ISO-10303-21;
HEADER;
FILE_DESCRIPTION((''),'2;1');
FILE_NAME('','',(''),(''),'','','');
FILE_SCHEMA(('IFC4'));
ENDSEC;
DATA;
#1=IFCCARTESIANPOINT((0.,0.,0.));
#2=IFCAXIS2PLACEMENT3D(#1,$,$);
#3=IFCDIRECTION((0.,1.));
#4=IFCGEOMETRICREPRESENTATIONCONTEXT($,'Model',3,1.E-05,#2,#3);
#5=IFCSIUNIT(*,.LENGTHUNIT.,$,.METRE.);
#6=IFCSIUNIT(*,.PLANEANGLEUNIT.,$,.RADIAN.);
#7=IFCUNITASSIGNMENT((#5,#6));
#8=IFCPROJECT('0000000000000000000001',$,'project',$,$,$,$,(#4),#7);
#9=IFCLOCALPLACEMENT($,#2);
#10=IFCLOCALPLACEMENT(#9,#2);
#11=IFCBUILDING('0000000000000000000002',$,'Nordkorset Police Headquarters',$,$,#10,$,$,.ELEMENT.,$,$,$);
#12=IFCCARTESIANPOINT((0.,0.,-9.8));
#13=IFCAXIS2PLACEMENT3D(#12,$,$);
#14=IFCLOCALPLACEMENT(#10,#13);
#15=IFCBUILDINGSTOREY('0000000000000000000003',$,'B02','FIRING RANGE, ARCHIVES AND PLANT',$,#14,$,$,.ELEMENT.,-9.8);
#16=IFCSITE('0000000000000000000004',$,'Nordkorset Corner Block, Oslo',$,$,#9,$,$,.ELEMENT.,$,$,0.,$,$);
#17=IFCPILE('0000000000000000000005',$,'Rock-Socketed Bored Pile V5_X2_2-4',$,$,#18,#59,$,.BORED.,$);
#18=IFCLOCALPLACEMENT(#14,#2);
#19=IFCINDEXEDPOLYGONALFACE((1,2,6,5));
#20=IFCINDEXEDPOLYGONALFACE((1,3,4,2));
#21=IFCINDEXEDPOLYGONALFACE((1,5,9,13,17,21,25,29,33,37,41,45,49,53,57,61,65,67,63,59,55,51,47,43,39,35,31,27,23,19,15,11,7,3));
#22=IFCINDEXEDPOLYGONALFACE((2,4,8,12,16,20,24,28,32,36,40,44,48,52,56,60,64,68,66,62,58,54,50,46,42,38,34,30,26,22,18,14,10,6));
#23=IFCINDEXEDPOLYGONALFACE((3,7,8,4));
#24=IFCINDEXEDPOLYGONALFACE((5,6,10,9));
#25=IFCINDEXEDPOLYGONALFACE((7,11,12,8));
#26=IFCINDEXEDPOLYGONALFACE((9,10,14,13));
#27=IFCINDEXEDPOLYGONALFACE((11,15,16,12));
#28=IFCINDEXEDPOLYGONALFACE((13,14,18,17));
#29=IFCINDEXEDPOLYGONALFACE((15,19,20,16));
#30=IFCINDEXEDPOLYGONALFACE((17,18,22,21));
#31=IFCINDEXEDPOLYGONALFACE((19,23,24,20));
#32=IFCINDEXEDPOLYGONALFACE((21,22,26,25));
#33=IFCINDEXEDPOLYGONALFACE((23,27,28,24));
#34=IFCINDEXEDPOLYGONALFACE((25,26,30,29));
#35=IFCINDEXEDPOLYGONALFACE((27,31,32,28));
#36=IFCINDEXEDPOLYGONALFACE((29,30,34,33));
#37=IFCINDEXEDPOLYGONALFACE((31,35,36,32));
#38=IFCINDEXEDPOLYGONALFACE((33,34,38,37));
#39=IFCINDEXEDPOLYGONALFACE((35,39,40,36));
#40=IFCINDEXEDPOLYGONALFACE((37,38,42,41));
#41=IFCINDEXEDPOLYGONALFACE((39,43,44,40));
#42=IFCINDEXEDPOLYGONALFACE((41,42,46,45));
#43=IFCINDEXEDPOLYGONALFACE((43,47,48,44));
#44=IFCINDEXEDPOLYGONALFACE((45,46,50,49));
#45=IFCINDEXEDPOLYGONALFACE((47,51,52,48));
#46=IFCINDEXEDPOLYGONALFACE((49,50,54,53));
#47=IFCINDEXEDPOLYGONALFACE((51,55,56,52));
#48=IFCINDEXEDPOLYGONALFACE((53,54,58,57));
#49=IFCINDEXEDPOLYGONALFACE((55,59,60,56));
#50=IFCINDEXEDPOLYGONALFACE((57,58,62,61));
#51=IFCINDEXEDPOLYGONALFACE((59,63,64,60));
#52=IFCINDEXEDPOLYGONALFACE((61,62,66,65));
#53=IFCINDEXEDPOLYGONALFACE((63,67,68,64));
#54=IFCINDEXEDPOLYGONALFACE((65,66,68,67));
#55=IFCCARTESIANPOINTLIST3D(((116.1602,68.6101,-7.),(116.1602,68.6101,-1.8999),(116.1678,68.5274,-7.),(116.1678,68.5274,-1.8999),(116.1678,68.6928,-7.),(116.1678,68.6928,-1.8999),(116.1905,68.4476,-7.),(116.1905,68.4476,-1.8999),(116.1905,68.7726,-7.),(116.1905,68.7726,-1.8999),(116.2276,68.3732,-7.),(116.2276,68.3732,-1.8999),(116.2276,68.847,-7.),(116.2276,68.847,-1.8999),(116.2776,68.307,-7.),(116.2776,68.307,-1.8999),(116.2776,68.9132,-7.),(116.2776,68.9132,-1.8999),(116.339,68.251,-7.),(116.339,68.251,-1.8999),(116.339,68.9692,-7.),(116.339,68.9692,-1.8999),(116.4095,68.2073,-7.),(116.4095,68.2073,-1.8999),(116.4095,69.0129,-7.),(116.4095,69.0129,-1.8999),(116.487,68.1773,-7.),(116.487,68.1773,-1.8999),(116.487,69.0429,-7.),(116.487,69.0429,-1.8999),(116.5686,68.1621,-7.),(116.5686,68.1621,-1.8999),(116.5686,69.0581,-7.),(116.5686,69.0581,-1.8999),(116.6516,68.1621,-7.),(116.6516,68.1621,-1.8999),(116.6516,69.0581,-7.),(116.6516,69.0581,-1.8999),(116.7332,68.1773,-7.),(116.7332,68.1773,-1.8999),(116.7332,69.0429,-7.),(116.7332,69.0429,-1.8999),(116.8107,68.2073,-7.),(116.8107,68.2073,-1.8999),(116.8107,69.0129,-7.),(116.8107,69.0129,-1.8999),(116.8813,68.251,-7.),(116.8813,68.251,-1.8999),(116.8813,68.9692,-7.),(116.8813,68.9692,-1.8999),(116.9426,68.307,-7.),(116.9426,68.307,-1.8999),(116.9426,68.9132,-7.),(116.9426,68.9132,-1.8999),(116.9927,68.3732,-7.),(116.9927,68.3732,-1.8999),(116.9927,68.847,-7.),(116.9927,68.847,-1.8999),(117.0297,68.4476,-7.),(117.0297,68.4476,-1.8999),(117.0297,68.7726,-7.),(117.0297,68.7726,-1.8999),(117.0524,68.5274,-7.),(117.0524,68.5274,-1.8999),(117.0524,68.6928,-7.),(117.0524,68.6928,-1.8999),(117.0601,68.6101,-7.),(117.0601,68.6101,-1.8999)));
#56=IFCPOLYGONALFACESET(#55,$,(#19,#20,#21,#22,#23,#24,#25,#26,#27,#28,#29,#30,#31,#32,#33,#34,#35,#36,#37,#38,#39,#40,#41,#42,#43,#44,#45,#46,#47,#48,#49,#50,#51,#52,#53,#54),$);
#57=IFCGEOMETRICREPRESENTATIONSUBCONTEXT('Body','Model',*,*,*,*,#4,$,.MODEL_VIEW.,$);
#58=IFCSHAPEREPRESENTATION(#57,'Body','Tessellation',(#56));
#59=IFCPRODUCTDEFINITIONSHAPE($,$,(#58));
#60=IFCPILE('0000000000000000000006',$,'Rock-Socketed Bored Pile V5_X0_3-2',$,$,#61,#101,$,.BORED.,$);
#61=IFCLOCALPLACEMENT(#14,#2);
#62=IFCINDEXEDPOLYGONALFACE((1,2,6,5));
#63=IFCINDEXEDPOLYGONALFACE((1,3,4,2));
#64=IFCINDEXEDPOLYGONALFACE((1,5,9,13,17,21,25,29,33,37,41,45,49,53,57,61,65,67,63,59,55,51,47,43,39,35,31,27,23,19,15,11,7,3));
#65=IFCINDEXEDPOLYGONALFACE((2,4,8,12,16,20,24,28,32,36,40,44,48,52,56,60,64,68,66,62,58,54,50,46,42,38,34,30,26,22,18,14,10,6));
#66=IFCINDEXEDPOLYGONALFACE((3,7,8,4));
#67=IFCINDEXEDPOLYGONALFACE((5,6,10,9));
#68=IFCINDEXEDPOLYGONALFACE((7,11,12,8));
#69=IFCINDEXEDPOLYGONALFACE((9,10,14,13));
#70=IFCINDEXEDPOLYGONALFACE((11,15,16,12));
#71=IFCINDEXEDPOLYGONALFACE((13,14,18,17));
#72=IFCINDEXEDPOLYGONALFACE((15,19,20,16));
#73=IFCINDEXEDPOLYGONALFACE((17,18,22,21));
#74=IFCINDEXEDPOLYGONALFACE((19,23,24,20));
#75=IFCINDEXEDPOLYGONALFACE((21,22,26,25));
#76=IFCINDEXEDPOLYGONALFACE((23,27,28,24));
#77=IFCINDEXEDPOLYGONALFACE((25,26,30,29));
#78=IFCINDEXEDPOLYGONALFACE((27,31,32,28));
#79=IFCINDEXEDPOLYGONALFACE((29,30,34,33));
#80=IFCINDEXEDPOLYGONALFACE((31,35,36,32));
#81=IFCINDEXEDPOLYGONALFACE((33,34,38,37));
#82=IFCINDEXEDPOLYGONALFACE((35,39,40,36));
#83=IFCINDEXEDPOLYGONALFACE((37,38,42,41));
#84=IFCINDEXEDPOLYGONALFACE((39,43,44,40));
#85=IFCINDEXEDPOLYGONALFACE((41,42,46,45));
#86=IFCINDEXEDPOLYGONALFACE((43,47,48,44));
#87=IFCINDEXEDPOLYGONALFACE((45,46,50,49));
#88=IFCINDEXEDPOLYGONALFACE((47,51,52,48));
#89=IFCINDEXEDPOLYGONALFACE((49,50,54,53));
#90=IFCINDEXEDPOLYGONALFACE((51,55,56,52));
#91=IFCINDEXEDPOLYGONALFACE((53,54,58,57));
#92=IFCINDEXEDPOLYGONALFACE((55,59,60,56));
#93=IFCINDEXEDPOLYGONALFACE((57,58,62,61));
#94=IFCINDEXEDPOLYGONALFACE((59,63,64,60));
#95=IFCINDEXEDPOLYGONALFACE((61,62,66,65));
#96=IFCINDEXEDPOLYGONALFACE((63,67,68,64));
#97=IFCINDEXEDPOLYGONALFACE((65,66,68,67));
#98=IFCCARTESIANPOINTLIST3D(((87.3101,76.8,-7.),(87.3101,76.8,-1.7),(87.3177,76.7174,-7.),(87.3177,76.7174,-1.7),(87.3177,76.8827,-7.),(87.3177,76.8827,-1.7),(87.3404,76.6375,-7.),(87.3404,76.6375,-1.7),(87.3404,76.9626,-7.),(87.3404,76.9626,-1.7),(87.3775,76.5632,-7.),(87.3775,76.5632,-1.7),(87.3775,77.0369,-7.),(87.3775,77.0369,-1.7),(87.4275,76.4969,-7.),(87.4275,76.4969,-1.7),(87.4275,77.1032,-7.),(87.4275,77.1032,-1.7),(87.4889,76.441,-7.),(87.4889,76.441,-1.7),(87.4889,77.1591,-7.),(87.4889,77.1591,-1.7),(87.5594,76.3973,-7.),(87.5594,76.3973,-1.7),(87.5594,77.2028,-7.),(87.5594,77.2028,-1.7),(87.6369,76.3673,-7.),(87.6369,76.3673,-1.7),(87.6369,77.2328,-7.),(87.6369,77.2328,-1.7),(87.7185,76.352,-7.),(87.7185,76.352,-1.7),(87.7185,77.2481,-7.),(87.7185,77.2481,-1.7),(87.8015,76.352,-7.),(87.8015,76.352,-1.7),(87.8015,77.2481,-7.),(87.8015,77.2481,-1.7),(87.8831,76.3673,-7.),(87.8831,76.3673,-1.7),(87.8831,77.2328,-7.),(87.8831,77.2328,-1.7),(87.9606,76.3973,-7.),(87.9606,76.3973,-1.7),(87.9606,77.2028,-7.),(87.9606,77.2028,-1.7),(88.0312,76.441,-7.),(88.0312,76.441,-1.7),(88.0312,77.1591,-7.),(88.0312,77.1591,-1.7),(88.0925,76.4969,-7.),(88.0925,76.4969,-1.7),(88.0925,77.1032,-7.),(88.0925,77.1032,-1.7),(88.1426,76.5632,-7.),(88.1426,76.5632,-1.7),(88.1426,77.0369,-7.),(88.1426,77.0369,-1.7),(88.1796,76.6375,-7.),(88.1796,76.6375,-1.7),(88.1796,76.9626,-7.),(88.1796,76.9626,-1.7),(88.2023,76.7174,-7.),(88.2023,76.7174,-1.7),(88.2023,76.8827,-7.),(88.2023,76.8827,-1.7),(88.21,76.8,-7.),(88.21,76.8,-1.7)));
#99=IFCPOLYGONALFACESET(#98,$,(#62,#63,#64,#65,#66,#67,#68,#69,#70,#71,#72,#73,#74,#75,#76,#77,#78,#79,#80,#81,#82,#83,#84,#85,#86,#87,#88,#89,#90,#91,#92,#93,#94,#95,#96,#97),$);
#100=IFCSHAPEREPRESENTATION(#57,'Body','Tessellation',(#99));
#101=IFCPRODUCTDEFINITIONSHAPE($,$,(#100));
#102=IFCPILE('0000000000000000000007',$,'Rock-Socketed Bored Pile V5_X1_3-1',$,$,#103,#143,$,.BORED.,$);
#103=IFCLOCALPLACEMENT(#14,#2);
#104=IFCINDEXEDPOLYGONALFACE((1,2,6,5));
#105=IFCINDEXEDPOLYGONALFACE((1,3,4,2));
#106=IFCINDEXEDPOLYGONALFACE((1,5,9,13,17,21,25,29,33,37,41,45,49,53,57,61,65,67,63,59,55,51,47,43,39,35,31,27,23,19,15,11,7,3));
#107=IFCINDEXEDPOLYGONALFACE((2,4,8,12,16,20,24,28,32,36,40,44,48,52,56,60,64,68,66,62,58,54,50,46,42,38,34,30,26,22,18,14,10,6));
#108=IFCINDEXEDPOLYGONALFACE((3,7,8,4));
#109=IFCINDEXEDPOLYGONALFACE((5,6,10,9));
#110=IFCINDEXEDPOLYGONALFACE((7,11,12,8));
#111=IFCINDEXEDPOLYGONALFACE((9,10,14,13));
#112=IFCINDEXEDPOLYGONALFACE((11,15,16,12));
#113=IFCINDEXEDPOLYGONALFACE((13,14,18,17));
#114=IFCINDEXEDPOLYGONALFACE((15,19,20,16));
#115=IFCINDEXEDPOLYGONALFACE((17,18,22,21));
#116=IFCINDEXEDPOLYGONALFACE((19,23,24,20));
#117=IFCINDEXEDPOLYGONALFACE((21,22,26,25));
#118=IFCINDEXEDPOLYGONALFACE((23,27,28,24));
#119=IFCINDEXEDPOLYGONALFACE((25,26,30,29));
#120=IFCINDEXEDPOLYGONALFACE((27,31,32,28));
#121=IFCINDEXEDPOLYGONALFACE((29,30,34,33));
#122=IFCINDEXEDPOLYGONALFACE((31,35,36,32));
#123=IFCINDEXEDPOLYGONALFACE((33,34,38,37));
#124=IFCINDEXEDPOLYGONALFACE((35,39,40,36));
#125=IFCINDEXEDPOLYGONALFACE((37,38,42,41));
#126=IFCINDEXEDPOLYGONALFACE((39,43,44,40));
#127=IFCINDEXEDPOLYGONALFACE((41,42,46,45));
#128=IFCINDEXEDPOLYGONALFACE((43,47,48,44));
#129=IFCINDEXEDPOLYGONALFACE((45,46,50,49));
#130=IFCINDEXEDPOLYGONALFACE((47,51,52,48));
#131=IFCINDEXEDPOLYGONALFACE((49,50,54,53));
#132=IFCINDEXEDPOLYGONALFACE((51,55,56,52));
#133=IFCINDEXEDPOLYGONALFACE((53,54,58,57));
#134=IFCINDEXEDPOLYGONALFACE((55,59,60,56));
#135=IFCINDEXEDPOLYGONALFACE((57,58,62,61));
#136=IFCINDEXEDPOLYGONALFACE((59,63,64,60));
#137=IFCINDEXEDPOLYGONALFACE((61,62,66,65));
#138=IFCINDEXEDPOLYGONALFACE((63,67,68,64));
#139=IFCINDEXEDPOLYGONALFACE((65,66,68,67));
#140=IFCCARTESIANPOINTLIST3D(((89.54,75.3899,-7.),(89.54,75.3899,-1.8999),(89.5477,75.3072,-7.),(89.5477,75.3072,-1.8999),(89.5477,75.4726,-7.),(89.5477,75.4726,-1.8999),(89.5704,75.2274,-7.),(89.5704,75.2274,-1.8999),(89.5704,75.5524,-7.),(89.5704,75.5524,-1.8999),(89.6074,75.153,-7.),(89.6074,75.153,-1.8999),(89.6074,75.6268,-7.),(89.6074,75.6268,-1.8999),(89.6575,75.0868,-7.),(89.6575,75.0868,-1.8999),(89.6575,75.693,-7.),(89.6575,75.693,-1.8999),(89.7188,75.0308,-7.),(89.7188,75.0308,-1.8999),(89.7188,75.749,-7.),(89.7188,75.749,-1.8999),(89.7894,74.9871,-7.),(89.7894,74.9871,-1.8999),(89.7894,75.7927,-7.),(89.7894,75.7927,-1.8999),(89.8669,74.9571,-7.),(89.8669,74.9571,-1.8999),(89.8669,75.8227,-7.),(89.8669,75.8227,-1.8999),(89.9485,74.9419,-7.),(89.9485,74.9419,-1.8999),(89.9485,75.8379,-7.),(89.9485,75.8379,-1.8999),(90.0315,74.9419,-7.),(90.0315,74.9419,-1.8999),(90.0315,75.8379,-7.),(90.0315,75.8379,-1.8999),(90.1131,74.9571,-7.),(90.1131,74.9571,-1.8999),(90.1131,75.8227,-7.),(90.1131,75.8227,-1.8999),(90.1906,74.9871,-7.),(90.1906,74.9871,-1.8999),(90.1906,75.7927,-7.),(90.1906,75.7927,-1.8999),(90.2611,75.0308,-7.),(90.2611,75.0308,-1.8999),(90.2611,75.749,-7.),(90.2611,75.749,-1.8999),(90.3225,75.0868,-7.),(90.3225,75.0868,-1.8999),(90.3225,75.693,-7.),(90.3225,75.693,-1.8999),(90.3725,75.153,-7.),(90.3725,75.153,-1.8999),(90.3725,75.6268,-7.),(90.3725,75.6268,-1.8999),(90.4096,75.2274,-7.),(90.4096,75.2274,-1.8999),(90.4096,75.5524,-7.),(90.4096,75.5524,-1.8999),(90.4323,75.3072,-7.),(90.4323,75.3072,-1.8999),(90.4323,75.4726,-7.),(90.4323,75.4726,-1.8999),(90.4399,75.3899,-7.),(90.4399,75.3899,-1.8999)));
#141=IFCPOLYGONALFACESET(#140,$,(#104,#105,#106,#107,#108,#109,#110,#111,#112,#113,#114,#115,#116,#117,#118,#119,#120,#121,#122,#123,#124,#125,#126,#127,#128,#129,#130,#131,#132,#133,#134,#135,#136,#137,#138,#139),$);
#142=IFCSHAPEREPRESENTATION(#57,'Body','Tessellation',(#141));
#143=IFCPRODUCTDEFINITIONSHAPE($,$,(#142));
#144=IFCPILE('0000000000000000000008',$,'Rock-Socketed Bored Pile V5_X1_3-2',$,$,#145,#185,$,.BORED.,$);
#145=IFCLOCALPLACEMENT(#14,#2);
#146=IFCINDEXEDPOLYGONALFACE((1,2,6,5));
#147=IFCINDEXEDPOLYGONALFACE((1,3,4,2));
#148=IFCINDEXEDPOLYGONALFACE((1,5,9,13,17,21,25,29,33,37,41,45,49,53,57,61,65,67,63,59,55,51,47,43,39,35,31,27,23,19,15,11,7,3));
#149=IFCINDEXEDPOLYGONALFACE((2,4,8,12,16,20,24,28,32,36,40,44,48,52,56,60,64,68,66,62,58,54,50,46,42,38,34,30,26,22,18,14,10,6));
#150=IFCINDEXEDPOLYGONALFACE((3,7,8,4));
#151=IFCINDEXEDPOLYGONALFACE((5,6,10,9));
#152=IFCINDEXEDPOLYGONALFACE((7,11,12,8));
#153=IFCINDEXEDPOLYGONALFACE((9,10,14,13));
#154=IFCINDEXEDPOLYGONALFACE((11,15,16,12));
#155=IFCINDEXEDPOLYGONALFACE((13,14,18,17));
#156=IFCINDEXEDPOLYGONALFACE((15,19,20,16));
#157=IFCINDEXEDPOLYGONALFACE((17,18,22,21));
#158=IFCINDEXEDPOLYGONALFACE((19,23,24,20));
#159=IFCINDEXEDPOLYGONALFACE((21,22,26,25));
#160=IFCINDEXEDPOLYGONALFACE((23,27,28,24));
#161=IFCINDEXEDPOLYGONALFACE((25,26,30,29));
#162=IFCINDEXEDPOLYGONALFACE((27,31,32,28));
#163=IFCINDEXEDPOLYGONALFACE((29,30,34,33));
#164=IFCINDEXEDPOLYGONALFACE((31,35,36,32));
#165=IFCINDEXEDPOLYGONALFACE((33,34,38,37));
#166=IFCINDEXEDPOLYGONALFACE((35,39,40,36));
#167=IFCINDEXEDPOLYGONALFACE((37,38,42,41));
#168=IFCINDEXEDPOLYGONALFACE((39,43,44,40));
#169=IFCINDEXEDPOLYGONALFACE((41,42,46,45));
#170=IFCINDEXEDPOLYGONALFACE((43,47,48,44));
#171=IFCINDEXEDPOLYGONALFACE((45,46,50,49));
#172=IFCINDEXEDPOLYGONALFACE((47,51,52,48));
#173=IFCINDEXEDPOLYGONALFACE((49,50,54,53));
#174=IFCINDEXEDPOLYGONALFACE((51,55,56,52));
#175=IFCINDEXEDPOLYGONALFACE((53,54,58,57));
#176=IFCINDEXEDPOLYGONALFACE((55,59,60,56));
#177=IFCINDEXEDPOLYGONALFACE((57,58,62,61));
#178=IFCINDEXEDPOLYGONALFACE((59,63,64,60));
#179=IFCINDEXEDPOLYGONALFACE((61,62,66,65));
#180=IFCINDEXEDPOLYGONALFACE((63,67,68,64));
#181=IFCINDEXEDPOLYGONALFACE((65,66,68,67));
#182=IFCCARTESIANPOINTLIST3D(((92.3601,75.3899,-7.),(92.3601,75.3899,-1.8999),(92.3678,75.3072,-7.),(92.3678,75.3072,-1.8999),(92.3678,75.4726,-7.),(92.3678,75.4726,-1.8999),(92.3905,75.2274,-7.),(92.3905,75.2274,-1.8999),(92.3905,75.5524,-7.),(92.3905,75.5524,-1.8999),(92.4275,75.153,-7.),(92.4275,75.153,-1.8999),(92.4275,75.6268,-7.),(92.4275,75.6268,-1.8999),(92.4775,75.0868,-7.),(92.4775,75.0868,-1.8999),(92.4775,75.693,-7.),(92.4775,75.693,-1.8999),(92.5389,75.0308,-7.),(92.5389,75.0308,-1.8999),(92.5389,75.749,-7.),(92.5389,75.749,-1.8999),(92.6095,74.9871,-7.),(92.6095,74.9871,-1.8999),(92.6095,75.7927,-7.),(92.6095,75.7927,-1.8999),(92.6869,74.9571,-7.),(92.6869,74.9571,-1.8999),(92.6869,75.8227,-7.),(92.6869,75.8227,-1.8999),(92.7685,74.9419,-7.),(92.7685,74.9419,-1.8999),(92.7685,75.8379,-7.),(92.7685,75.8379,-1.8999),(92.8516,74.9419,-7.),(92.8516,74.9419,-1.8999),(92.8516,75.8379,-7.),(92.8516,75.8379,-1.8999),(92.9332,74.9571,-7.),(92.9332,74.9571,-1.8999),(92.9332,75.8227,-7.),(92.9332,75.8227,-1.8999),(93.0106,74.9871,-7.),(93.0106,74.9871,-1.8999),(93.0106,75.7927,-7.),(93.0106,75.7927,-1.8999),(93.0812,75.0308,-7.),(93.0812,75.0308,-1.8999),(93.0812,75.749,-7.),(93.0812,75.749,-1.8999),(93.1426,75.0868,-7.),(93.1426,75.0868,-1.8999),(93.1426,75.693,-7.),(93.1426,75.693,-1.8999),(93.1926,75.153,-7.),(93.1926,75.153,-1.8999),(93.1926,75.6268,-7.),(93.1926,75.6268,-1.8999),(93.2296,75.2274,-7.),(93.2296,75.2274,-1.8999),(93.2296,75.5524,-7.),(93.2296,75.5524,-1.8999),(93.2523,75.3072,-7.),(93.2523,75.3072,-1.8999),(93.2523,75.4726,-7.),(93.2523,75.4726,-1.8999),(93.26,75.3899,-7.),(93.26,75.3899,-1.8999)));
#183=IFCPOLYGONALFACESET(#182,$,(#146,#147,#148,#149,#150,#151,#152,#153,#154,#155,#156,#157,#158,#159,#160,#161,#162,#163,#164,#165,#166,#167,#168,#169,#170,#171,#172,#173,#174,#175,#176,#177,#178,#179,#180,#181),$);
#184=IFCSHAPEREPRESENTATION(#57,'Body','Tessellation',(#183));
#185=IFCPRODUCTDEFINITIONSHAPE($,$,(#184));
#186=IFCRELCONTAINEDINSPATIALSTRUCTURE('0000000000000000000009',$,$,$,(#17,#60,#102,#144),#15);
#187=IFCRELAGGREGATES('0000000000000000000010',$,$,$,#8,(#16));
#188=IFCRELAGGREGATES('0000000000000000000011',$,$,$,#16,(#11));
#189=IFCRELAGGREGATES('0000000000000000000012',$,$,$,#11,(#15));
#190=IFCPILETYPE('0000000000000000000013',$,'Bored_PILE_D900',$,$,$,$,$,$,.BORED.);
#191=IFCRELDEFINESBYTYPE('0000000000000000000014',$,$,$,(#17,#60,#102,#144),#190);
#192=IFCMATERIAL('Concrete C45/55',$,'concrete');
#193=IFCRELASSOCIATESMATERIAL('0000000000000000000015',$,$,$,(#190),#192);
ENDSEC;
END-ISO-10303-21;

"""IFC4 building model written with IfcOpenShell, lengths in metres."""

from ifc_helpers import new_model, si_unit, direction, frame, origin, origin_2d, place, context, subcontext, project, spatial, circle, extrude, material, material_profile, profile_set, type_object, element, save


model = new_model("IFC4")

# Units and contexts
model_context = context("Model", 3, precision=1e-05, world=origin(), true_north=direction((0.0, 1.0)))
body_context = subcontext(model_context, "Body", "Model", "MODEL_VIEW")
ifc_project = project(units=[si_unit("LENGTHUNIT", "METRE"), si_unit("PLANEANGLEUNIT", "RADIAN")], contexts=[model_context])

# Site, building, storey
site_placement = place(None, origin())
site = spatial("IfcSite", under=ifc_project, at=site_placement, Name="Nordkorset Corner Block, Oslo", CompositionType="ELEMENT", RefElevation=0.0)
building_placement = place(site_placement, origin())
building = spatial("IfcBuilding", under=site, at=building_placement, Name="Nordkorset Police Headquarters", CompositionType="ELEMENT")
storey_placement = place(building_placement, frame((0.0, 0.0, -9.8)))
storey = spatial("IfcBuildingStorey", under=building, at=storey_placement, Name="B02", Description="FIRING RANGE, ARCHIVES AND PLANT", CompositionType="ELEMENT", Elevation=-9.8)

# Piles
ifc_material_1 = material(Name="Concrete C45/55", Category="concrete")
ifc_material_profile_1 = material_profile(ifc_material_1, circle(Radius=0.45, at=origin_2d()), Name="PILE D900")
ifc_profile_set_1 = profile_set([ifc_material_profile_1], Name="Concrete C45/55")
pile_type = type_object("IfcPileType", Name="Bored_PILE_D900", PredefinedType="BORED", material=ifc_profile_set_1)
for number, where, z_axis, x_axis, name in (
    (1, (116.6101, 68.6101, -1.8999), (0.0, 0.0, -1.0), (1.0, 0.0, 0.0), "Rock-Socketed Bored Pile V5_X2_2-4"),
):
    element("IfcPile", number, at=place(storey_placement, frame(where, z_axis=z_axis, x_axis=x_axis)), inside=storey, type_object=pile_type, Name=name, PredefinedType="BORED", context=body_context, shape_type="SweptSolid", body=[
        extrude(circle(Radius=0.45, at=origin_2d()), origin(), (0.0, 0.0, 1.0), 5.1001),
    ])
pile_1_placement = place(storey_placement, frame((87.76, 76.8, -1.7), z_axis=(0.0, 0.0, -1.0), x_axis=(1.0, 0.0, 0.0)))
element("IfcPile", 2, at=pile_1_placement, inside=storey, type_object=pile_type, Name="Rock-Socketed Bored Pile V5_X0_3-2", PredefinedType="BORED", context=body_context, shape_type="SweptSolid", body=[
    extrude(circle(Radius=0.45, at=origin_2d()), origin(), (0.0, 0.0, 1.0), 5.3),
])
for number, where, z_axis, x_axis, name in (
    (3, (89.99, 75.3899, -1.8999), (0.0, 0.0, -1.0), (1.0, 0.0, 0.0), "Rock-Socketed Bored Pile V5_X1_3-1"),
    (4, (92.8101, 75.3899, -1.8999), (0.0, 0.0, -1.0), (1.0, 0.0, 0.0), "Rock-Socketed Bored Pile V5_X1_3-2"),
):
    element("IfcPile", number, at=place(storey_placement, frame(where, z_axis=z_axis, x_axis=x_axis)), inside=storey, type_object=pile_type, Name=name, PredefinedType="BORED", context=body_context, shape_type="SweptSolid", body=[
        extrude(circle(Radius=0.45, at=origin_2d()), origin(), (0.0, 0.0, 1.0), 5.1001),
    ])

save(model, "model.ifc")
